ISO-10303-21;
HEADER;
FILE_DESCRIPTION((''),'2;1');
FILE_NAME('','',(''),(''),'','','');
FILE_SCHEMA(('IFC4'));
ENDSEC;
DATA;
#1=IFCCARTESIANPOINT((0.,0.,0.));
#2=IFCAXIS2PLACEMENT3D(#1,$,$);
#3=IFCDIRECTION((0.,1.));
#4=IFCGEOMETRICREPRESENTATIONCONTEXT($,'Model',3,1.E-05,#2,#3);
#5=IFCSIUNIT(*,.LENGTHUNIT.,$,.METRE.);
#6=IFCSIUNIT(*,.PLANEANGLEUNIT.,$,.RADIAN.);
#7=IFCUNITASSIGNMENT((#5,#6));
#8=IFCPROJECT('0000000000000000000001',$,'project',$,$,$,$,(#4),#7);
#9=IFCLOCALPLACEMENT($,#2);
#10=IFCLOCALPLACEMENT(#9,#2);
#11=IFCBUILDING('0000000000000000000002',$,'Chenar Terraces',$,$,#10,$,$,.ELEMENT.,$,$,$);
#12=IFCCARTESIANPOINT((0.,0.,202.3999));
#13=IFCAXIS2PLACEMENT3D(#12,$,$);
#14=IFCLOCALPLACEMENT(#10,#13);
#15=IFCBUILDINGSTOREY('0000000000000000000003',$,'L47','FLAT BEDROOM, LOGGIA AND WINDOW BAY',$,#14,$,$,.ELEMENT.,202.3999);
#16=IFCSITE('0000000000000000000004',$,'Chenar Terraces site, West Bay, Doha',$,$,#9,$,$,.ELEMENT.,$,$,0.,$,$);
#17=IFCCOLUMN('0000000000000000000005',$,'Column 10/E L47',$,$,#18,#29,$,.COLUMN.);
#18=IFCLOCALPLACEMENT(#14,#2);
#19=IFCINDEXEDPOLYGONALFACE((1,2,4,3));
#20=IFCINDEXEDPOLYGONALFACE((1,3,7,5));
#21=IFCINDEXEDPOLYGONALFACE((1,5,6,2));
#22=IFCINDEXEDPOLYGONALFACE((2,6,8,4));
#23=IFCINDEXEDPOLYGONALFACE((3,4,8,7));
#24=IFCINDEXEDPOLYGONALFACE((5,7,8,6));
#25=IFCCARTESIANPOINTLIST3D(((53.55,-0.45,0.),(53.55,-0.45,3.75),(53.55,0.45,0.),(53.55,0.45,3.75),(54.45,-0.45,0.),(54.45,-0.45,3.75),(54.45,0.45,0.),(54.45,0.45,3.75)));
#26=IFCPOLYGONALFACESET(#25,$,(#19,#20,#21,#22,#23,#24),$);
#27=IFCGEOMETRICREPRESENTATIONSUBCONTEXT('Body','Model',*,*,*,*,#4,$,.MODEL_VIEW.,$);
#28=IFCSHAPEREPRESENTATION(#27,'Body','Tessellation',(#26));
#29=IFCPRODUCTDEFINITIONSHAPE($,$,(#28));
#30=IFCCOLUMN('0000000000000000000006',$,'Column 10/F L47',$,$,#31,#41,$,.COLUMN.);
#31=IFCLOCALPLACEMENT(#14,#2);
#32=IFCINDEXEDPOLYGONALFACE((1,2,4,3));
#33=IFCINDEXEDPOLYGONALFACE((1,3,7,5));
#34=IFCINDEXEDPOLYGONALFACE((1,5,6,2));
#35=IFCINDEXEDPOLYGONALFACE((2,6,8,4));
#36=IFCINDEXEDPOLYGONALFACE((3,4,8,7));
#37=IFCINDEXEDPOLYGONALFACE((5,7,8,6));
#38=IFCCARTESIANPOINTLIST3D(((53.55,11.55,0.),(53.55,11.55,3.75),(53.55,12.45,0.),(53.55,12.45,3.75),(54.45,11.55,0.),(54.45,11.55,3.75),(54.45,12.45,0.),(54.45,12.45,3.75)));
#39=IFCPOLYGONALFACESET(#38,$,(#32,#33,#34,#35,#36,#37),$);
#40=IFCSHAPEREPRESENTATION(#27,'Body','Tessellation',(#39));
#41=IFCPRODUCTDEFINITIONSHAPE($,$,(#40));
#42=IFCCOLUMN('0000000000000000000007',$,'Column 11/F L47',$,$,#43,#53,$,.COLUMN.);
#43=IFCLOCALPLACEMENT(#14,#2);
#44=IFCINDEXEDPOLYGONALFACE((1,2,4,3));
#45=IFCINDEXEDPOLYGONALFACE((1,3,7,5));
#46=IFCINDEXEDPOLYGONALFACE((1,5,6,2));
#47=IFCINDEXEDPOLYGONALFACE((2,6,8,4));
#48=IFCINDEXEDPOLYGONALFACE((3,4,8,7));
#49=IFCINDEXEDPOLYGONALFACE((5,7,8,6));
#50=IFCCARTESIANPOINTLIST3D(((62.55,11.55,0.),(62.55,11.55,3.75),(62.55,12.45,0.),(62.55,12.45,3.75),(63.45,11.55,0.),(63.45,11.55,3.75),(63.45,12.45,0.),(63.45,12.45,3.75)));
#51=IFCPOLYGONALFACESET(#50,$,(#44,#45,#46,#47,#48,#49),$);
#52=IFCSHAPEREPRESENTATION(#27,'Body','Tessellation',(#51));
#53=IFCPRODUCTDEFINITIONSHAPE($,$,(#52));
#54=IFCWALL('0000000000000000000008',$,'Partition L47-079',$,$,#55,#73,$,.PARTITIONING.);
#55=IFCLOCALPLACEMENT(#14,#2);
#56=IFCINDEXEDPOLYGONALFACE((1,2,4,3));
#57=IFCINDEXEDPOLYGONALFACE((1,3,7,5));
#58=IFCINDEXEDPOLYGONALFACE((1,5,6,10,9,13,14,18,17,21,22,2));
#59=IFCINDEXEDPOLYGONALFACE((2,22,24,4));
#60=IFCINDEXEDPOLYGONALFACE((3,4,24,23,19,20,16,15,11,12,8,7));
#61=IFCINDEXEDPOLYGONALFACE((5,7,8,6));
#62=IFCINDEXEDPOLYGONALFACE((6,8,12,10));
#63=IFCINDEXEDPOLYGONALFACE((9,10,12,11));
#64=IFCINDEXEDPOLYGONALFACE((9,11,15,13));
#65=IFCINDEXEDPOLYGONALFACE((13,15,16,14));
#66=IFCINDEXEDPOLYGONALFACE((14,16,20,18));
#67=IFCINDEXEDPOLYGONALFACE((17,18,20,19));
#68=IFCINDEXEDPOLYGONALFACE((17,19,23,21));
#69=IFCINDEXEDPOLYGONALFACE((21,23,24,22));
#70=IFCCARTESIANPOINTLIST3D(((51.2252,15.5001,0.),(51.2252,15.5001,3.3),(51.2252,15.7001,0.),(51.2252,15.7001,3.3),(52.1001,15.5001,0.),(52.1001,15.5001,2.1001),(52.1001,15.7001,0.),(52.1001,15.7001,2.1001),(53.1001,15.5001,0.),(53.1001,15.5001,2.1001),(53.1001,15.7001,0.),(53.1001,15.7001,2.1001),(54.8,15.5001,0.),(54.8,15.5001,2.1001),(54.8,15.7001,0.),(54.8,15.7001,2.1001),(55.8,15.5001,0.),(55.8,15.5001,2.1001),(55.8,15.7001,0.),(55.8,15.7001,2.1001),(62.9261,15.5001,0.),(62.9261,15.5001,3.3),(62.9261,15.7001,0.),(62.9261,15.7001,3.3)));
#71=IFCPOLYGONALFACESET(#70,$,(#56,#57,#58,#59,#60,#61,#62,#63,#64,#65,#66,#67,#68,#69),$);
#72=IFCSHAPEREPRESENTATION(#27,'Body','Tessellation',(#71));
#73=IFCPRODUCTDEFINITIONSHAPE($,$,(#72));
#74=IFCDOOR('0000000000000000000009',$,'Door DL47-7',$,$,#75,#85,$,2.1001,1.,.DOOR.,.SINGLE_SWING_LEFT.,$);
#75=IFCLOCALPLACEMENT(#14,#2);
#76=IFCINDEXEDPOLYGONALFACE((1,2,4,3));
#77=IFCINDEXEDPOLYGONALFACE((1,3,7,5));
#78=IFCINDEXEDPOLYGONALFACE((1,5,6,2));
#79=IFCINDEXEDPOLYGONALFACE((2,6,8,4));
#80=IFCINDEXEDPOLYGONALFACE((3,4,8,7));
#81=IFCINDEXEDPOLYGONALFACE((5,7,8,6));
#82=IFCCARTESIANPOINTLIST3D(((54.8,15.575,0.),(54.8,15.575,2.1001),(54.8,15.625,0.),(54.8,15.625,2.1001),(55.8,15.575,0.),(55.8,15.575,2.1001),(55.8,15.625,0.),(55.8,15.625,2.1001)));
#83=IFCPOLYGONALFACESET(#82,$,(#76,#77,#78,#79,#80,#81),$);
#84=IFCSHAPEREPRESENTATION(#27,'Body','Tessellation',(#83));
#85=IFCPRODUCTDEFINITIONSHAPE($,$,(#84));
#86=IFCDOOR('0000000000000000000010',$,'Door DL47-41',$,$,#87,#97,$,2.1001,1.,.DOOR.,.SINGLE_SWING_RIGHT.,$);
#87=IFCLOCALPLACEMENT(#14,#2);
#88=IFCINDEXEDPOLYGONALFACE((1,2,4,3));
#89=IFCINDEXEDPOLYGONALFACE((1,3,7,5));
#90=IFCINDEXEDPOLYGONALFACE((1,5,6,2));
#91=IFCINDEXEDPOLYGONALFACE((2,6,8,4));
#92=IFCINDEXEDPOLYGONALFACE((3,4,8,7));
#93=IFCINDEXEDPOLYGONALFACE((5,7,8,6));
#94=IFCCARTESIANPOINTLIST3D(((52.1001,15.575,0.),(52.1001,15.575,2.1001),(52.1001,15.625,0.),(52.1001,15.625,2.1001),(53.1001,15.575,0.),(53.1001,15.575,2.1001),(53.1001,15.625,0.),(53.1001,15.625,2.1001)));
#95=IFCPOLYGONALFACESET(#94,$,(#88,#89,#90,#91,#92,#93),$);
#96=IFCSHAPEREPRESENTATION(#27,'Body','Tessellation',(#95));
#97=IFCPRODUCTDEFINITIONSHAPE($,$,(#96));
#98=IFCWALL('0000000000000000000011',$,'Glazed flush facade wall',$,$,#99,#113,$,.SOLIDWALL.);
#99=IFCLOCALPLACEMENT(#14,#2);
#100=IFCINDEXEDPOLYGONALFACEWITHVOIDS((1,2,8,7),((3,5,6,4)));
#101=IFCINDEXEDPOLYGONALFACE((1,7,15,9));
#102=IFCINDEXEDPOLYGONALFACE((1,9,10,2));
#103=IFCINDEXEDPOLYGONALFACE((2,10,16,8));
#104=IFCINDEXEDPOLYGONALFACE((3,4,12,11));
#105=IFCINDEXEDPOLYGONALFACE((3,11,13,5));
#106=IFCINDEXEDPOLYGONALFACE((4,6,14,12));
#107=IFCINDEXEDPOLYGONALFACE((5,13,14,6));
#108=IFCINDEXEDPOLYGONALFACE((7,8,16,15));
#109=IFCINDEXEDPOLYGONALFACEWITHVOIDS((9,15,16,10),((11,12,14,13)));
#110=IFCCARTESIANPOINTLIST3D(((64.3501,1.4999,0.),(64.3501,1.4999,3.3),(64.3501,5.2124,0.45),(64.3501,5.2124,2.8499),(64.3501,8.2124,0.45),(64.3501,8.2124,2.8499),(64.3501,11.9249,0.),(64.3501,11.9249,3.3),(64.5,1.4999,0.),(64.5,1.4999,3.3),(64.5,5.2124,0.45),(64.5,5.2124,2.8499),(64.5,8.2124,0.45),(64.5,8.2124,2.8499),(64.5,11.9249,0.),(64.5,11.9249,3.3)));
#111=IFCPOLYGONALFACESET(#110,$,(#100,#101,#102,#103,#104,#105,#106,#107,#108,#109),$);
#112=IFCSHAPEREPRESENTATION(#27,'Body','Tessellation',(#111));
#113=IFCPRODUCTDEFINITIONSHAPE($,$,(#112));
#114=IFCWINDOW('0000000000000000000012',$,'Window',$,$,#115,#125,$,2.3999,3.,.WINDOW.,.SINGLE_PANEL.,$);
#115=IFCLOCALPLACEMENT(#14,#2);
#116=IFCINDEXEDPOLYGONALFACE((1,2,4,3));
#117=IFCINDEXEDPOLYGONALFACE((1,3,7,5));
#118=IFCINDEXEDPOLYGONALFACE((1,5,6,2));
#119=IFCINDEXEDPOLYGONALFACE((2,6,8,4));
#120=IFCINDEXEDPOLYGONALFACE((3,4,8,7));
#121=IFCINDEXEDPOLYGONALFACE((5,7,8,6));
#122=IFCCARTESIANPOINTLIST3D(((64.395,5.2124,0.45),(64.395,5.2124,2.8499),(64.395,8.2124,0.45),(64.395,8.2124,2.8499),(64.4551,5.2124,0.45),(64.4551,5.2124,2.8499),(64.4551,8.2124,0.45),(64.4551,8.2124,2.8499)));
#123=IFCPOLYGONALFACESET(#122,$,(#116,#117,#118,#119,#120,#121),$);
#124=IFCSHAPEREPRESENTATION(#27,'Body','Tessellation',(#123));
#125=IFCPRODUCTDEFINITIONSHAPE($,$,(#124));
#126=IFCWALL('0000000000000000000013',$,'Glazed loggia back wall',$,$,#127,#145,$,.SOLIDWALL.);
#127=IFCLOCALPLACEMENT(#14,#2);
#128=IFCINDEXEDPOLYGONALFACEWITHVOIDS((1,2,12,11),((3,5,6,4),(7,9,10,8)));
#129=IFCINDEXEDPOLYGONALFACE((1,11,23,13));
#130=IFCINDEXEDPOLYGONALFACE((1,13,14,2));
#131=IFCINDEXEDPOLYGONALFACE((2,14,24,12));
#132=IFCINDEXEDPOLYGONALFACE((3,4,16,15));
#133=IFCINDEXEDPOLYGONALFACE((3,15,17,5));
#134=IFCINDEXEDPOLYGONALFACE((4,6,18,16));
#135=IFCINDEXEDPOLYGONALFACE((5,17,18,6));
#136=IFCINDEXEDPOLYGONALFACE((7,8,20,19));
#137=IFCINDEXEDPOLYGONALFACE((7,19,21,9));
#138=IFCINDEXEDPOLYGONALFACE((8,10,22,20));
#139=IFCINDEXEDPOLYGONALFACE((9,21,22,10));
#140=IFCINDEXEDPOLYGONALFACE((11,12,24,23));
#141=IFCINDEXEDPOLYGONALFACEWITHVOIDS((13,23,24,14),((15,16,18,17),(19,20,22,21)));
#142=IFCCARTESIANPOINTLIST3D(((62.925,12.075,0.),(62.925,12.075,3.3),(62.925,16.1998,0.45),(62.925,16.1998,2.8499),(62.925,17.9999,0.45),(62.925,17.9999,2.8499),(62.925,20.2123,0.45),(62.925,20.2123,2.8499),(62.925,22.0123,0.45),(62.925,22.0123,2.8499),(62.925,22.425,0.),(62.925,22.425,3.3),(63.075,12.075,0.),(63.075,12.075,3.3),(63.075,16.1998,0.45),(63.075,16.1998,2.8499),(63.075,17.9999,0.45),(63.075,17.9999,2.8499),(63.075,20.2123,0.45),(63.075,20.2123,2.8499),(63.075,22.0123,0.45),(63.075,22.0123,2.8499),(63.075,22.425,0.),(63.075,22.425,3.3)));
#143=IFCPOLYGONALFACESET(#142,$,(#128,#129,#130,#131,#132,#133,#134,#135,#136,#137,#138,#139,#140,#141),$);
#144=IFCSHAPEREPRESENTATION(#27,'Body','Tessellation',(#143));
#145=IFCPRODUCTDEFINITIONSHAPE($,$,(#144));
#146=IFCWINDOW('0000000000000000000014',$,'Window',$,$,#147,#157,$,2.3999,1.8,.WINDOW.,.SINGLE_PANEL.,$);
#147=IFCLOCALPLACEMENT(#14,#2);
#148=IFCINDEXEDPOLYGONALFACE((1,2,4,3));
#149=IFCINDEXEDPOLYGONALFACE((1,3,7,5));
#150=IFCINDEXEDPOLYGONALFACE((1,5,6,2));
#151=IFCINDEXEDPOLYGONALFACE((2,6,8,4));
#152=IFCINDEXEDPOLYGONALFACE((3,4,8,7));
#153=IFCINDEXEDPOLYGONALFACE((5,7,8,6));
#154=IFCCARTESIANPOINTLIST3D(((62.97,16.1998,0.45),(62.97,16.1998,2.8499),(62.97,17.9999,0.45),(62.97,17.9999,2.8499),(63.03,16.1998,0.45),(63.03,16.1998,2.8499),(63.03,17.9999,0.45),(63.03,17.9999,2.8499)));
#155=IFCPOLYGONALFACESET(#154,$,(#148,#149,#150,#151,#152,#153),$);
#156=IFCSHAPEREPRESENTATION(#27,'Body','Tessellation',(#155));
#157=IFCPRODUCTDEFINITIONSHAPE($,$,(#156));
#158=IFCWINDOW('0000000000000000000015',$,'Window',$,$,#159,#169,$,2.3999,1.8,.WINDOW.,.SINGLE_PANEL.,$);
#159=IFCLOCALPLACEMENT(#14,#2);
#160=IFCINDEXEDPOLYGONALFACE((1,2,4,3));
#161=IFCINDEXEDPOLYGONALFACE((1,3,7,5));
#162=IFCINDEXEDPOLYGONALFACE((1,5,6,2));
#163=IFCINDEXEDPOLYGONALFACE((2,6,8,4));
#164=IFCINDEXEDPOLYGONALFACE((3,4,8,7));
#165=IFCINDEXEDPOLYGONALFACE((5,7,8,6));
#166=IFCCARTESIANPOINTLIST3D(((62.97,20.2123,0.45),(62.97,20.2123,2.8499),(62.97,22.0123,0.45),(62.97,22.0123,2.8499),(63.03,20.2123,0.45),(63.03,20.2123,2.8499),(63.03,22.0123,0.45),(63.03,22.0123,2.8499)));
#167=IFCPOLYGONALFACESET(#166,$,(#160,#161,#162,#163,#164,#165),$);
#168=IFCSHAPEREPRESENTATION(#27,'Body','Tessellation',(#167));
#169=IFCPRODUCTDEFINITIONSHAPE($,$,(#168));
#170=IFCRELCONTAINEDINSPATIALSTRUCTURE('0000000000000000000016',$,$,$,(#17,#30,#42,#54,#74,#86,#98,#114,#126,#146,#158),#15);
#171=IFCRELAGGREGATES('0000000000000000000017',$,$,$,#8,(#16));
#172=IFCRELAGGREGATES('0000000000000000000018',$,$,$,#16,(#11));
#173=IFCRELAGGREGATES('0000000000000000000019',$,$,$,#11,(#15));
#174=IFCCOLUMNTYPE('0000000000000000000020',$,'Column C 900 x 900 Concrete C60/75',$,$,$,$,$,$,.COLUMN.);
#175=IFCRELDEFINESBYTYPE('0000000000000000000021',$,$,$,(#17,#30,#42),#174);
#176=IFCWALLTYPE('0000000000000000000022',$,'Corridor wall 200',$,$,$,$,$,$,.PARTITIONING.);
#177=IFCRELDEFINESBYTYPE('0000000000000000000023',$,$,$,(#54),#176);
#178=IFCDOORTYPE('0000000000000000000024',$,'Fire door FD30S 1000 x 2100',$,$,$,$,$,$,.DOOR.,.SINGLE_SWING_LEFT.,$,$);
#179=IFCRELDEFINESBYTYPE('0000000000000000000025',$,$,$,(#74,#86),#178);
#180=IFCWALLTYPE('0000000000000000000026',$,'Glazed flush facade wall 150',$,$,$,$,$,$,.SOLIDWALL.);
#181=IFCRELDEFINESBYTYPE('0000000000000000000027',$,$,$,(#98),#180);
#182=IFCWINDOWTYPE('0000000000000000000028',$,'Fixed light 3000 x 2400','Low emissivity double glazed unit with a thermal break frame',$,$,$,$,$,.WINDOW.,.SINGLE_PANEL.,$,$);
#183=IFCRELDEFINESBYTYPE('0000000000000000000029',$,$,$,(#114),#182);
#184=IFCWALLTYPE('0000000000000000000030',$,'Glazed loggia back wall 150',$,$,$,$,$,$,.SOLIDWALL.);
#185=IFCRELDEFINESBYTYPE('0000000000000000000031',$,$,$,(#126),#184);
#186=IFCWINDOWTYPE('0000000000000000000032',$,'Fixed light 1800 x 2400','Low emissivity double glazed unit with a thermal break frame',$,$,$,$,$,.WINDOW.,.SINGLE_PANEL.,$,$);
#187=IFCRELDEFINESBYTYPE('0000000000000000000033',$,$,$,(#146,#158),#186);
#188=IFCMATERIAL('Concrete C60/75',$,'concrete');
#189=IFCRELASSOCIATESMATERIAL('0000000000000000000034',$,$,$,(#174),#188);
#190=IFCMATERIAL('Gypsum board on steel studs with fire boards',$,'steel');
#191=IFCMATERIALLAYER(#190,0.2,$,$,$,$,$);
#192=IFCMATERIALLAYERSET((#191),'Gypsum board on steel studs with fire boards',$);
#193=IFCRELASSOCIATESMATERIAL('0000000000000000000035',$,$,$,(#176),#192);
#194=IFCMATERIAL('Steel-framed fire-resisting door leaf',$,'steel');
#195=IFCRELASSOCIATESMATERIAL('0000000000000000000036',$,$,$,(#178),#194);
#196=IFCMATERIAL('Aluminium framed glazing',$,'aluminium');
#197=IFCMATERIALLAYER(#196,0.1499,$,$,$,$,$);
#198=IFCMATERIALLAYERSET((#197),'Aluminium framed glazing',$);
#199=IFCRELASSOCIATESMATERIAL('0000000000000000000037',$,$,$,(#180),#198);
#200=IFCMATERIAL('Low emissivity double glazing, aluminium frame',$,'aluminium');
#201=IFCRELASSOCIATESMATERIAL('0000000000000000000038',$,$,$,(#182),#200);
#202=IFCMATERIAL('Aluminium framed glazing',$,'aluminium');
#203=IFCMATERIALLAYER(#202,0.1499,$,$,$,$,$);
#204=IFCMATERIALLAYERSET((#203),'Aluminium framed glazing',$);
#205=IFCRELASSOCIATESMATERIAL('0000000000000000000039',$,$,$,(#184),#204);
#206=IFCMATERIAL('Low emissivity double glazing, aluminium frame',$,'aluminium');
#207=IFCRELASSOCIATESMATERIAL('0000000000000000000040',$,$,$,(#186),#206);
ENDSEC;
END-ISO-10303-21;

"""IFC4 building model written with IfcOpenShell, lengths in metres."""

from ifc_helpers import new_model, si_unit, direction, frame, frame_2d, origin, origin_2d, place, context, subcontext, project, spatial, rectangle, extrude, material, layer, layer_set, material_profile, profile_set, type_object, element, fill, save


model = new_model("IFC4")

# Units and contexts
model_context = context("Model", 3, precision=1e-05, world=origin(), true_north=direction((0.0, 1.0)))
body_context = subcontext(model_context, "Body", "Model", "MODEL_VIEW")
ifc_project = project(units=[si_unit("LENGTHUNIT", "METRE"), si_unit("PLANEANGLEUNIT", "RADIAN")], contexts=[model_context])

# Site, building, storey
site_placement = place(None, origin())
site = spatial("IfcSite", under=ifc_project, at=site_placement, Name="Chenar Terraces site, West Bay, Doha", CompositionType="ELEMENT", RefElevation=0.0)
building_placement = place(site_placement, origin())
building = spatial("IfcBuilding", under=site, at=building_placement, Name="Chenar Terraces", CompositionType="ELEMENT")
storey_placement = place(building_placement, frame((0.0, 0.0, 202.3999)))
storey = spatial("IfcBuildingStorey", under=building, at=storey_placement, Name="L47", Description="FLAT BEDROOM, LOGGIA AND WINDOW BAY", CompositionType="ELEMENT", Elevation=202.3999)

# Columns
ifc_material_1 = material(Name="Concrete C60/75", Category="concrete")
ifc_material_profile = material_profile(ifc_material_1, rectangle(XDim=0.8999, YDim=0.8999, at=origin_2d()), Name="C 900 x 900")
ifc_profile_set = profile_set([ifc_material_profile], Name="Concrete C60/75")
column_type = type_object("IfcColumnType", Name="Column C 900 x 900 Concrete C60/75", PredefinedType="COLUMN", material=ifc_profile_set)
for number, where, z_axis, x_axis, name in (
    (1, (54.0, 0.0, 0.0), (0.0, 0.0, 1.0), (1.0, 0.0, 0.0), "Column 10/E L47"),
    (2, (54.0, 12.0, 0.0), (0.0, 0.0, 1.0), (1.0, 0.0, 0.0), "Column 10/F L47"),
    (3, (63.0, 12.0, 0.0), (0.0, 0.0, 1.0), (1.0, 0.0, 0.0), "Column 11/F L47"),
):
    element("IfcColumn", number, at=place(storey_placement, frame(where, z_axis=z_axis, x_axis=x_axis)), inside=storey, type_object=column_type, Name=name, PredefinedType="COLUMN", context=body_context, shape_type="SweptSolid", body=[
        extrude(rectangle(XDim=0.8999, YDim=0.8999, at=origin_2d()), origin(), (0.0, 0.0, 1.0), 3.75),
    ])

# Wall, openings, doors
ifc_material_2 = material(Name="Gypsum board on steel studs with fire boards", Category="steel")
ifc_layer_1 = layer(ifc_material_2, 0.2)
ifc_layer_set_1 = layer_set([ifc_layer_1], Name="Gypsum board on steel studs with fire boards")
wall_type_1 = type_object("IfcWallType", Name="Corridor wall 200", PredefinedType="PARTITIONING", material=ifc_layer_set_1)
wall_1_placement = place(storey_placement, frame((51.2251, 15.6001, 0.0), z_axis=(0.0, 0.0, 1.0), x_axis=(1.0, 0.0, 0.0)))
wall_1 = element("IfcWall", 4, at=wall_1_placement, inside=storey, type_object=wall_type_1, Name="Partition L47-079", PredefinedType="PARTITIONING", context=body_context, shape_type="SweptSolid", body=[
    extrude(rectangle(XDim=11.7009, YDim=0.2, at=frame_2d((5.8506, 0.0))), origin(), (0.0, 0.0, 1.0), 3.3),
])
opening_1_placement = place(wall_1_placement, frame((3.575, 0.0, 0.0)))
opening_1 = element("IfcOpeningElement", 5, at=opening_1_placement, cuts=wall_1, PredefinedType="OPENING", context=body_context, shape_type="SweptSolid", body=[
    extrude(rectangle(XDim=1.0, YDim=2.1001, at=frame_2d((0.5, 1.05))), frame((0.0, 0.1099, 0.0), z_axis=(0.0, -1.0, 0.0), x_axis=(1.0, 0.0, 0.0)), (0.0, 0.0, 1.0), 0.22),
])
opening_2_placement = place(wall_1_placement, frame((0.875, 0.0, 0.0)))
opening_2 = element("IfcOpeningElement", 6, at=opening_2_placement, cuts=wall_1, PredefinedType="OPENING", context=body_context, shape_type="SweptSolid", body=[
    extrude(rectangle(XDim=1.0, YDim=2.1001, at=frame_2d((0.5, 1.05))), frame((0.0, 0.1099, 0.0), z_axis=(0.0, -1.0, 0.0), x_axis=(1.0, 0.0, 0.0)), (0.0, 0.0, 1.0), 0.22),
])
ifc_material_3 = material(Name="Steel-framed fire-resisting door leaf", Category="steel")
door_type_1 = type_object("IfcDoorType", Name="Fire door FD30S 1000 x 2100", OperationType="SINGLE_SWING_LEFT", PredefinedType="DOOR", material=ifc_material_3)
door_1_placement = place(opening_1_placement, origin())
door_1 = element("IfcDoor", 7, at=door_1_placement, inside=storey, type_object=door_type_1, Name="Door DL47-7", OperationType="SINGLE_SWING_LEFT", OverallHeight=2.1001, OverallWidth=1.0, PredefinedType="DOOR", context=body_context, shape_type="SweptSolid", body=[
    extrude(rectangle(XDim=1.0, YDim=2.1001, at=frame_2d((0.5, 1.05))), frame((0.0, 0.0249, 0.0), z_axis=(0.0, -1.0, 0.0), x_axis=(1.0, 0.0, 0.0)), (0.0, 0.0, 1.0), 0.05),
])
fill(opening_1, door_1)
door_2_placement = place(opening_2_placement, origin())
door_2 = element("IfcDoor", 8, at=door_2_placement, inside=storey, type_object=door_type_1, Name="Door DL47-41", OperationType="SINGLE_SWING_RIGHT", OverallHeight=2.1001, OverallWidth=1.0, PredefinedType="DOOR", context=body_context, shape_type="SweptSolid", body=[
    extrude(rectangle(XDim=1.0, YDim=2.1001, at=frame_2d((0.5, 1.05))), frame((0.0, 0.0249, 0.0), z_axis=(0.0, -1.0, 0.0), x_axis=(1.0, 0.0, 0.0)), (0.0, 0.0, 1.0), 0.05),
])
fill(opening_2, door_2)

# Wall, opening, window
ifc_material_4 = material(Name="Aluminium framed glazing", Category="aluminium")
ifc_layer_2 = layer(ifc_material_4, 0.1499)
ifc_layer_set_2 = layer_set([ifc_layer_2], Name="Aluminium framed glazing")
wall_type_2 = type_object("IfcWallType", Name="Glazed flush facade wall 150", PredefinedType="SOLIDWALL", material=ifc_layer_set_2)
wall_2_placement = place(storey_placement, frame((64.425, 1.5, 0.0), z_axis=(0.0, 0.0, 1.0), x_axis=(0.0, 1.0, 0.0)))
wall_2 = element("IfcWall", 9, at=wall_2_placement, inside=storey, type_object=wall_type_2, Name="Glazed flush facade wall", PredefinedType="SOLIDWALL", context=body_context, shape_type="SweptSolid", body=[
    extrude(rectangle(XDim=10.425, YDim=0.1499, at=frame_2d((5.2124, 0.0))), origin(), (0.0, 0.0, 1.0), 3.3),
])
opening_3_placement = place(wall_2_placement, frame((3.7124, 0.0, 0.45)))
opening_3 = element("IfcOpeningElement", 10, at=opening_3_placement, cuts=wall_2, PredefinedType="OPENING", context=body_context, shape_type="SweptSolid", body=[
    extrude(rectangle(XDim=3.0, YDim=2.3999, at=frame_2d((1.5, 1.2))), frame((0.0, 0.085, 0.0), z_axis=(0.0, -1.0, 0.0), x_axis=(1.0, 0.0, 0.0)), (0.0, 0.0, 1.0), 0.1699),
])
ifc_material_5 = material(Name="Low emissivity double glazing, aluminium frame", Category="aluminium")
window_type_1 = type_object("IfcWindowType", Name="Fixed light 3000 x 2400", Description="Low emissivity double glazed unit with a thermal break frame", PartitioningType="SINGLE_PANEL", PredefinedType="WINDOW", material=ifc_material_5)
window_1_placement = place(opening_3_placement, origin())
window_1 = element("IfcWindow", 11, at=window_1_placement, inside=storey, type_object=window_type_1, Name="Window", OverallHeight=2.3999, OverallWidth=3.0, PartitioningType="SINGLE_PANEL", PredefinedType="WINDOW", context=body_context, shape_type="SweptSolid", body=[
    extrude(rectangle(XDim=3.0, YDim=2.3999, at=frame_2d((1.5, 1.2))), frame((0.0, 0.03, 0.0), z_axis=(0.0, -1.0, 0.0), x_axis=(1.0, 0.0, 0.0)), (0.0, 0.0, 1.0), 0.0601),
])
fill(opening_3, window_1)

# Wall, openings, windows
ifc_material_6 = material(Name="Aluminium framed glazing", Category="aluminium")
ifc_layer_3 = layer(ifc_material_6, 0.1499)
ifc_layer_set_3 = layer_set([ifc_layer_3], Name="Aluminium framed glazing")
wall_type_3 = type_object("IfcWallType", Name="Glazed loggia back wall 150", PredefinedType="SOLIDWALL", material=ifc_layer_set_3)
wall_3_placement = place(storey_placement, frame((63.0, 12.075, 0.0), z_axis=(0.0, 0.0, 1.0), x_axis=(0.0, 1.0, 0.0)))
wall_3 = element("IfcWall", 12, at=wall_3_placement, inside=storey, type_object=wall_type_3, Name="Glazed loggia back wall", PredefinedType="SOLIDWALL", context=body_context, shape_type="SweptSolid", body=[
    extrude(rectangle(XDim=10.3501, YDim=0.1499, at=frame_2d((5.175, 0.0))), origin(), (0.0, 0.0, 1.0), 3.3),
])
opening_4_placement = place(wall_3_placement, frame((4.125, 0.0, 0.45)))
opening_4 = element("IfcOpeningElement", 13, at=opening_4_placement, cuts=wall_3, PredefinedType="OPENING", context=body_context, shape_type="SweptSolid", body=[
    extrude(rectangle(XDim=1.8, YDim=2.3999, at=frame_2d((0.8999, 1.2))), frame((0.0, 0.085, 0.0), z_axis=(0.0, -1.0, 0.0), x_axis=(1.0, 0.0, 0.0)), (0.0, 0.0, 1.0), 0.1699),
])
opening_5_placement = place(wall_3_placement, frame((8.1375, 0.0, 0.45)))
opening_5 = element("IfcOpeningElement", 14, at=opening_5_placement, cuts=wall_3, PredefinedType="OPENING", context=body_context, shape_type="SweptSolid", body=[
    extrude(rectangle(XDim=1.8, YDim=2.3999, at=frame_2d((0.8999, 1.2))), frame((0.0, 0.085, 0.0), z_axis=(0.0, -1.0, 0.0), x_axis=(1.0, 0.0, 0.0)), (0.0, 0.0, 1.0), 0.1699),
])
ifc_material_7 = material(Name="Low emissivity double glazing, aluminium frame", Category="aluminium")
window_type_2 = type_object("IfcWindowType", Name="Fixed light 1800 x 2400", Description="Low emissivity double glazed unit with a thermal break frame", PartitioningType="SINGLE_PANEL", PredefinedType="WINDOW", material=ifc_material_7)
window_2_placement = place(opening_4_placement, origin())
window_2 = element("IfcWindow", 15, at=window_2_placement, inside=storey, type_object=window_type_2, Name="Window", OverallHeight=2.3999, OverallWidth=1.8, PartitioningType="SINGLE_PANEL", PredefinedType="WINDOW", context=body_context, shape_type="SweptSolid", body=[
    extrude(rectangle(XDim=1.8, YDim=2.3999, at=frame_2d((0.8999, 1.2))), frame((0.0, 0.03, 0.0), z_axis=(0.0, -1.0, 0.0), x_axis=(1.0, 0.0, 0.0)), (0.0, 0.0, 1.0), 0.0601),
])
fill(opening_4, window_2)
window_3_placement = place(opening_5_placement, origin())
window_3 = element("IfcWindow", 16, at=window_3_placement, inside=storey, type_object=window_type_2, Name="Window", OverallHeight=2.3999, OverallWidth=1.8, PartitioningType="SINGLE_PANEL", PredefinedType="WINDOW", context=body_context, shape_type="SweptSolid", body=[
    extrude(rectangle(XDim=1.8, YDim=2.3999, at=frame_2d((0.8999, 1.2))), frame((0.0, 0.03, 0.0), z_axis=(0.0, -1.0, 0.0), x_axis=(1.0, 0.0, 0.0)), (0.0, 0.0, 1.0), 0.0601),
])
fill(opening_5, window_3)

save(model, "model.ifc")
